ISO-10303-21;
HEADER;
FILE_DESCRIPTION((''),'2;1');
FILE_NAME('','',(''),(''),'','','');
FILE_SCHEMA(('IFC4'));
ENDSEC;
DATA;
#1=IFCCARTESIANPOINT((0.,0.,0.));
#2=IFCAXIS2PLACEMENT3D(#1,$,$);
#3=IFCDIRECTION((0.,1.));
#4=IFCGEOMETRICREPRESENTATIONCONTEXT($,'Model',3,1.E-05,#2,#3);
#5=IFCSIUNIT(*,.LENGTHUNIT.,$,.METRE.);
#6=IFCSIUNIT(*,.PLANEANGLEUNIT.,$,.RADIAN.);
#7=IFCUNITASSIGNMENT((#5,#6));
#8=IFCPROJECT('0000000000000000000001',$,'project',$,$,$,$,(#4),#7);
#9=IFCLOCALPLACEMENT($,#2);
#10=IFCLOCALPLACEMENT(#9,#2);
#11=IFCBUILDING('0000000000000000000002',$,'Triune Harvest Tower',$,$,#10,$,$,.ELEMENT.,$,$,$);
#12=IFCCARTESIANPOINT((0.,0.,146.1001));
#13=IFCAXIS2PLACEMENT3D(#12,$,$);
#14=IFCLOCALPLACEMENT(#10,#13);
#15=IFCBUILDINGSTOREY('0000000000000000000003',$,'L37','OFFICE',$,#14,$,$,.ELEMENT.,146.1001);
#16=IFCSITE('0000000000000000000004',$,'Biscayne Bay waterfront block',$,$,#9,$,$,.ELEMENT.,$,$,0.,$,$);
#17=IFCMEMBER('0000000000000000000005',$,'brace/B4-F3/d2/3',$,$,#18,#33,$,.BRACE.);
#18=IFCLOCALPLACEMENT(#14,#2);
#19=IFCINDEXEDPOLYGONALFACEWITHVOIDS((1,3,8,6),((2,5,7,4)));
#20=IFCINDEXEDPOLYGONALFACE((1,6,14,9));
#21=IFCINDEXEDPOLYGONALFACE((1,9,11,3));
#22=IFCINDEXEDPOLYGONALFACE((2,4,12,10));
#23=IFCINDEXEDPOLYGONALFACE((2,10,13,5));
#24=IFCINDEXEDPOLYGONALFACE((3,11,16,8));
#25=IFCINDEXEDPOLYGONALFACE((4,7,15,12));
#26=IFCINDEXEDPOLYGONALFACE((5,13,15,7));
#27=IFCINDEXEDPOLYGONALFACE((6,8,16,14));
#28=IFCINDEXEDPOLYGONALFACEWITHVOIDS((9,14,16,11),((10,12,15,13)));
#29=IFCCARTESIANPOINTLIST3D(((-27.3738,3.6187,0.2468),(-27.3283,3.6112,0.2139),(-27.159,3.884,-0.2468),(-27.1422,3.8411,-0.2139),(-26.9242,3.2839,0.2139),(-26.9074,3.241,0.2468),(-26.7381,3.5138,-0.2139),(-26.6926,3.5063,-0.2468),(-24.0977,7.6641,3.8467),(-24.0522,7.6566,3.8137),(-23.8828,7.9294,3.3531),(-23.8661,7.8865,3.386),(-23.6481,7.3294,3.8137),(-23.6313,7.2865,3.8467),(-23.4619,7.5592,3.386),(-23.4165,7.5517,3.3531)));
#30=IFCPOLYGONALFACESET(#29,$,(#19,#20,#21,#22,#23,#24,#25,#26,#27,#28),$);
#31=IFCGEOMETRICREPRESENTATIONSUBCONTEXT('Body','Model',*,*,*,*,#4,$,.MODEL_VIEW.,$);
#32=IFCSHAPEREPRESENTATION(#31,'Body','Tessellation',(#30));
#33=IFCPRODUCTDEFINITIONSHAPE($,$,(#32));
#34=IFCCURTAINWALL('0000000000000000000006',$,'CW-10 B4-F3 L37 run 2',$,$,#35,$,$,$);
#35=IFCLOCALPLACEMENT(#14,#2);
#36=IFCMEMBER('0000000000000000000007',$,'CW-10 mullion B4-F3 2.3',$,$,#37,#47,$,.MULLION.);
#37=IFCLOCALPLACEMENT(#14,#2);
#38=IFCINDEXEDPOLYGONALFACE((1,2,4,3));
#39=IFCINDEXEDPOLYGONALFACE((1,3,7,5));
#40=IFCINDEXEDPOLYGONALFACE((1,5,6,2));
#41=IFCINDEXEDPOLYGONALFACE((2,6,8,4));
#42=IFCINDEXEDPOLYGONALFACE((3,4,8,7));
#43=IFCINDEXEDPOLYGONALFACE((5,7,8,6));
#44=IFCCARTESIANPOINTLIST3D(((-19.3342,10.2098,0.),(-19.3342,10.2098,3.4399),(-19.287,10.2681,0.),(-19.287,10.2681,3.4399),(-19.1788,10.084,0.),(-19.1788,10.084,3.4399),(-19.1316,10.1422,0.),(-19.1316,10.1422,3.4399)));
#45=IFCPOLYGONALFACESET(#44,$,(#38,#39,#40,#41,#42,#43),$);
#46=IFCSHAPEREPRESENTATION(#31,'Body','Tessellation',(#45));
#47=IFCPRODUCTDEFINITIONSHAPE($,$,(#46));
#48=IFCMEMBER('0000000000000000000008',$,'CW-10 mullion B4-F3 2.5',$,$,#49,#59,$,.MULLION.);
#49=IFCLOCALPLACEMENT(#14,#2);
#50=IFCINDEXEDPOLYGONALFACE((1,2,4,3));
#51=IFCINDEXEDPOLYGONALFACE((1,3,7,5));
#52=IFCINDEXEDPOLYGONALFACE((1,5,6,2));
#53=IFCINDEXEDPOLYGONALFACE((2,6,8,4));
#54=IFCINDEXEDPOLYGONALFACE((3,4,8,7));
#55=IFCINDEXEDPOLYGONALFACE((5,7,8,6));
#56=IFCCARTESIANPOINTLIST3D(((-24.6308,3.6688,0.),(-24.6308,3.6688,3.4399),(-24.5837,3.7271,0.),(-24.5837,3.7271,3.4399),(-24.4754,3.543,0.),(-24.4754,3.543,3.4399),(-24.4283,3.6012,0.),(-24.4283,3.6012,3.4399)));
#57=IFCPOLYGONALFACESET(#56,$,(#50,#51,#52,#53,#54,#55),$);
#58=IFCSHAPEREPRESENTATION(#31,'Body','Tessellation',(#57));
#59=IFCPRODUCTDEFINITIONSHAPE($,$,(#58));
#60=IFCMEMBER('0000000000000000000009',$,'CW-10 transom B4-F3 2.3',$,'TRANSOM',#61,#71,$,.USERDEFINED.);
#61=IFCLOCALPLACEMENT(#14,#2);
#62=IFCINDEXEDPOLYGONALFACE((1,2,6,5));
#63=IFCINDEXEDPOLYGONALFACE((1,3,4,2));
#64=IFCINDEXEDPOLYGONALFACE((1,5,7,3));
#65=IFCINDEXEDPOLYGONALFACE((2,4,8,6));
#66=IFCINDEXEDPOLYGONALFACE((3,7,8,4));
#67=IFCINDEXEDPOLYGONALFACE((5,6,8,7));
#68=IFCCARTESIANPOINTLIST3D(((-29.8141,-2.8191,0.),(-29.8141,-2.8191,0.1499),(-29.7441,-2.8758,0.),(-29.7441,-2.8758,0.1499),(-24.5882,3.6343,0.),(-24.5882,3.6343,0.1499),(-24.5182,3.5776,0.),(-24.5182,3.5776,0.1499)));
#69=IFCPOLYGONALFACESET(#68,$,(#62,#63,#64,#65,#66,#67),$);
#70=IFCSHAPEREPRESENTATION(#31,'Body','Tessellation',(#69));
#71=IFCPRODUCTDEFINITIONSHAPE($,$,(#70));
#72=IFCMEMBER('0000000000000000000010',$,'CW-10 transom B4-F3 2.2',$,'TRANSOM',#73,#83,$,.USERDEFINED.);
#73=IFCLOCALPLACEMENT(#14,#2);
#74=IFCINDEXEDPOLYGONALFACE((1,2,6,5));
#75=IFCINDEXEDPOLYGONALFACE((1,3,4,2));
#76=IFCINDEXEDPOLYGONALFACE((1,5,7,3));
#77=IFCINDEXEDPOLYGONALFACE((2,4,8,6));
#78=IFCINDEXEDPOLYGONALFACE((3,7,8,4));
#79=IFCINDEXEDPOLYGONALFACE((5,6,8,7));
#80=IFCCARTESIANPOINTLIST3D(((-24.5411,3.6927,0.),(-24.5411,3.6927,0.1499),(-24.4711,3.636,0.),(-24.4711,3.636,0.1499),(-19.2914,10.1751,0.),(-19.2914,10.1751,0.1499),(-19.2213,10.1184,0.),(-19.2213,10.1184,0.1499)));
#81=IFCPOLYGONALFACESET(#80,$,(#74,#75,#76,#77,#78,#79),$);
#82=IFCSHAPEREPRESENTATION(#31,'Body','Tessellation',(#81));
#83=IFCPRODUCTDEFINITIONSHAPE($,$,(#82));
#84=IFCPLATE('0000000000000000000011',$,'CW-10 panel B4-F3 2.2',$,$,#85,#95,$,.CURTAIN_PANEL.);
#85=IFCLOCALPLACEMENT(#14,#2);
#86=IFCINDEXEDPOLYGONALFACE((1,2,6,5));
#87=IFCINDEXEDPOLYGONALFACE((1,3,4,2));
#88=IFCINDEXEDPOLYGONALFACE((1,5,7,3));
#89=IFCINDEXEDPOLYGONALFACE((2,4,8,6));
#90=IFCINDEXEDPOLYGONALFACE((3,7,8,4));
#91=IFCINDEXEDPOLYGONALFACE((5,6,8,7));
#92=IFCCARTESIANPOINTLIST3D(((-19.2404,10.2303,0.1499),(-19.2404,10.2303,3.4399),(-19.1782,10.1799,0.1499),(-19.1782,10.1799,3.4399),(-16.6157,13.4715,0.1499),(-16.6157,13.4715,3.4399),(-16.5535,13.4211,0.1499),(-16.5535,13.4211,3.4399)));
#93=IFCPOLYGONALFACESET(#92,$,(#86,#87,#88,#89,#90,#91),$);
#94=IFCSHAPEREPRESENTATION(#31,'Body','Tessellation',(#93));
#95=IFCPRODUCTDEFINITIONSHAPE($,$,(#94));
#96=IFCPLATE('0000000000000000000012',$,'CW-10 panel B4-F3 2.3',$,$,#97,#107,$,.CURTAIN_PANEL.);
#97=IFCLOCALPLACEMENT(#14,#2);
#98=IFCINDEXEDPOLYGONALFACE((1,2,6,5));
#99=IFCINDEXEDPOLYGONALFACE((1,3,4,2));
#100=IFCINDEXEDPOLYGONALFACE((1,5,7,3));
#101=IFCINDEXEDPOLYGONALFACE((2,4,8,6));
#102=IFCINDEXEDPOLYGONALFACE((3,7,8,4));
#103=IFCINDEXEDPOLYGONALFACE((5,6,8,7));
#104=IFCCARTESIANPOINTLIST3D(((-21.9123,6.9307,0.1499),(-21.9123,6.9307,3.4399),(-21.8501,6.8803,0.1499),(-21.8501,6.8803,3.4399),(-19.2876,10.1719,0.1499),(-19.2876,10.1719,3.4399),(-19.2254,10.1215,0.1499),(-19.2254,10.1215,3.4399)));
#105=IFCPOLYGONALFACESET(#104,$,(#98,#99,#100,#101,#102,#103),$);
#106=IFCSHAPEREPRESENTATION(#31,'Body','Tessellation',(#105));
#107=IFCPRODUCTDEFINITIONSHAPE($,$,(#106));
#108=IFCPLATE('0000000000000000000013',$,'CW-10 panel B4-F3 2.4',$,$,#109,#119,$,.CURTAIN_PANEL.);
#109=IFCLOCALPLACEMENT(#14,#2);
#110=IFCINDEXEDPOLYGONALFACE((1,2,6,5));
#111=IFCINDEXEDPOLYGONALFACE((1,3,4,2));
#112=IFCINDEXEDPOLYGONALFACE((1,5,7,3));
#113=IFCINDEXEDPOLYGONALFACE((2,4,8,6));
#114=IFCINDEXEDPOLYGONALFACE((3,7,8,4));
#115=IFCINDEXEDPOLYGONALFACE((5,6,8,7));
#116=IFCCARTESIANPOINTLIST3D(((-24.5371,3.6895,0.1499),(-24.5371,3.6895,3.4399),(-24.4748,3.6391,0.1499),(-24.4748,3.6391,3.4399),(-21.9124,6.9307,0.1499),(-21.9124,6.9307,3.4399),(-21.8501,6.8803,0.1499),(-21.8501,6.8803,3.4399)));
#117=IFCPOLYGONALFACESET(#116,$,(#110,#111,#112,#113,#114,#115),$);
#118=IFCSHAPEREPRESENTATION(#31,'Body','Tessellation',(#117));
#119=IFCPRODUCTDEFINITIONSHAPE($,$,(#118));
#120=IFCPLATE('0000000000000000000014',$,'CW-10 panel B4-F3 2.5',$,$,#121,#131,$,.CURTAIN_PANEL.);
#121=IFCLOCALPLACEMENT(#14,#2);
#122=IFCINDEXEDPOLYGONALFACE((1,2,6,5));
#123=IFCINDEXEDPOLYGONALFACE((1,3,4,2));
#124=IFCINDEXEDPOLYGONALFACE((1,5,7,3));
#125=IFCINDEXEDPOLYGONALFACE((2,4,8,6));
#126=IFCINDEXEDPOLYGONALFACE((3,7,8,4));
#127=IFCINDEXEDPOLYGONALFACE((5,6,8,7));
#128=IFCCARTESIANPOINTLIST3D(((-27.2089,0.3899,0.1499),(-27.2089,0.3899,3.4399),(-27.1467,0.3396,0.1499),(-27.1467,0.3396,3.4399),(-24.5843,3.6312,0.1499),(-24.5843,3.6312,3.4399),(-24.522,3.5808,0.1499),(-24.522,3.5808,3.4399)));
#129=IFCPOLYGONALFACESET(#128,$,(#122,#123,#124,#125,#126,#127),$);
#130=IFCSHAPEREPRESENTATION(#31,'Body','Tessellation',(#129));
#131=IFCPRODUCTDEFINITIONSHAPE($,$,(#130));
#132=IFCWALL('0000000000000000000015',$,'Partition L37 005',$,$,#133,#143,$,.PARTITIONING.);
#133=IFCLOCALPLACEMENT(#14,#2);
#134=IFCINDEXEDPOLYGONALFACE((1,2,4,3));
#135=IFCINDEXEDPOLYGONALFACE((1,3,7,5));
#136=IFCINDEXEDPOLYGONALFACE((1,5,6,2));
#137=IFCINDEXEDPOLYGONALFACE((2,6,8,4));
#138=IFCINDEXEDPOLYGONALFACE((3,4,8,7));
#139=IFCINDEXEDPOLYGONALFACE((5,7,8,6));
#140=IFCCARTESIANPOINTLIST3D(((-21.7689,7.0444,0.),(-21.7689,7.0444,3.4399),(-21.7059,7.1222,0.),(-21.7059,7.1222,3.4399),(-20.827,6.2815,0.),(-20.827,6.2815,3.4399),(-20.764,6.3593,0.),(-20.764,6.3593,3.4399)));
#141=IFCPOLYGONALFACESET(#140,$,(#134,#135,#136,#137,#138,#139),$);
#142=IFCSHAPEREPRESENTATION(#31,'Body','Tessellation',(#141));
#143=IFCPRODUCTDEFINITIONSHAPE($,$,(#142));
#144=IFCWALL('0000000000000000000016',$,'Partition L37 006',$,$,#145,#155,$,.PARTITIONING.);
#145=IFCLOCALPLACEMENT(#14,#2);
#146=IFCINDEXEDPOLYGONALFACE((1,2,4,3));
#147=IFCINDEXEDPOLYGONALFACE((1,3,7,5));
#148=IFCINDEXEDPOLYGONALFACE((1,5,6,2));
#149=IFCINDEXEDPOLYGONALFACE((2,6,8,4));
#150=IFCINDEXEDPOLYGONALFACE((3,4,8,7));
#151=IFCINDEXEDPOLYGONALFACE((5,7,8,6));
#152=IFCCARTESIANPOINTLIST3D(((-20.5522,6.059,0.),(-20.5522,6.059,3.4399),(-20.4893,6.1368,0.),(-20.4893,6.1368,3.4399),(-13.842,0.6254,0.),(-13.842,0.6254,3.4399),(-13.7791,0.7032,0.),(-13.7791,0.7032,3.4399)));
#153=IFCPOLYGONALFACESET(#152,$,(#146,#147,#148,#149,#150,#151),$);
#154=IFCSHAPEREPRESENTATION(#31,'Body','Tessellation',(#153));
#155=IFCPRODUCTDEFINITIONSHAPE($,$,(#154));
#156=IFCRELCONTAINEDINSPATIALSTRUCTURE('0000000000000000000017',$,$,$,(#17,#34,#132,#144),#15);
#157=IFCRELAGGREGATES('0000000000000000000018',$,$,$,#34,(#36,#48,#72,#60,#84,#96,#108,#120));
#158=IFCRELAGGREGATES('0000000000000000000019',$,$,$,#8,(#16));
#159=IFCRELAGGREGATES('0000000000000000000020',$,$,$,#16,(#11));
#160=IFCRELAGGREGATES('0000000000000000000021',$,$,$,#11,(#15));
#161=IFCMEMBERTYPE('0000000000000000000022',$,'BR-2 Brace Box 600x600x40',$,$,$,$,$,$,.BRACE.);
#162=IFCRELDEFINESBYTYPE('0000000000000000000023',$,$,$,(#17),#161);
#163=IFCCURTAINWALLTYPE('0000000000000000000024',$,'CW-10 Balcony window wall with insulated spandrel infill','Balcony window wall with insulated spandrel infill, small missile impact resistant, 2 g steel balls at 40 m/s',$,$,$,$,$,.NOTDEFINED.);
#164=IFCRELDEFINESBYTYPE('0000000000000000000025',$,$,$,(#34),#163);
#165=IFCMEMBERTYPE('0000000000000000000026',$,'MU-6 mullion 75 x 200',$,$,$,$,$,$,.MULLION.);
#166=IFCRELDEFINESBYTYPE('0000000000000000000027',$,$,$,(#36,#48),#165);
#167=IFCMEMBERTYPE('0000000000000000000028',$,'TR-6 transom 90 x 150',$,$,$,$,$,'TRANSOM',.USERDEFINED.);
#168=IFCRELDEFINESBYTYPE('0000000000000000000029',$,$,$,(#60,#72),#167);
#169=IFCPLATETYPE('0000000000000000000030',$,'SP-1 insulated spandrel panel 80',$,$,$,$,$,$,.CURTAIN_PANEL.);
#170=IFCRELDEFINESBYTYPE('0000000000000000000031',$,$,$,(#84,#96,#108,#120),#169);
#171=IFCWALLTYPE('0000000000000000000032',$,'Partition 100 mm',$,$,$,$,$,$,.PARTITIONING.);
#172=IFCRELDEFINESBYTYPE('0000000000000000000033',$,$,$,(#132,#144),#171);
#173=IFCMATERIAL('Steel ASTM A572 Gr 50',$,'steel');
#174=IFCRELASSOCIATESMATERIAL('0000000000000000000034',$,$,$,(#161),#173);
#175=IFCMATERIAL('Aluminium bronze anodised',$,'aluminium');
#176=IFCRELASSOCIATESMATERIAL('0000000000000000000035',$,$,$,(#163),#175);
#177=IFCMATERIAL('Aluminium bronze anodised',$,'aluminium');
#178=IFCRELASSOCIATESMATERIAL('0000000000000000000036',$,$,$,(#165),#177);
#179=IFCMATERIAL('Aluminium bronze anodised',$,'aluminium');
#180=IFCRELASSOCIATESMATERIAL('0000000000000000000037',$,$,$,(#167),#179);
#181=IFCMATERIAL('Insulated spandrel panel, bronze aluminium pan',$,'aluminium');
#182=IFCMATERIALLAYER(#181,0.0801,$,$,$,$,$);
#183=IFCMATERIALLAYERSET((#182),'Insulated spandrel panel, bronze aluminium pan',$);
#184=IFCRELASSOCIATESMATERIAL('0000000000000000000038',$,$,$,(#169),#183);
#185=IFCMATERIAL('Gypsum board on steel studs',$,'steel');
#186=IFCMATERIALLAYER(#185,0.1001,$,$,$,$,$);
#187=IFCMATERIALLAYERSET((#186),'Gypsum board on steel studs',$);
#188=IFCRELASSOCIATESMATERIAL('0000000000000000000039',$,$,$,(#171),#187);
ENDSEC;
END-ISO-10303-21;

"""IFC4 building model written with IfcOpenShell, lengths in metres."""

from ifc_helpers import new_model, si_unit, direction, frame, frame_2d, origin, origin_2d, place, context, subcontext, project, spatial, rectangle, hollow_rectangle, extrude, source, transform, mapped, material, layer, layer_set, material_profile, profile_set, type_object, element, aggregate, save


model = new_model("IFC4")

# Units and contexts
model_context = context("Model", 3, precision=1e-05, world=origin(), true_north=direction((0.0, 1.0)))
body_context = subcontext(model_context, "Body", "Model", "MODEL_VIEW")
ifc_project = project(units=[si_unit("LENGTHUNIT", "METRE"), si_unit("PLANEANGLEUNIT", "RADIAN")], contexts=[model_context])

# Site, building, storey
site_placement = place(None, origin())
site = spatial("IfcSite", under=ifc_project, at=site_placement, Name="Biscayne Bay waterfront block", CompositionType="ELEMENT", RefElevation=0.0)
building_placement = place(site_placement, origin())
building = spatial("IfcBuilding", under=site, at=building_placement, Name="Triune Harvest Tower", CompositionType="ELEMENT")
storey_placement = place(building_placement, frame((0.0, 0.0, 146.1001)))
storey = spatial("IfcBuildingStorey", under=building, at=storey_placement, Name="L37", Description="OFFICE", CompositionType="ELEMENT", Elevation=146.1001)

# Member
ifc_material_1 = material(Name="Steel ASTM A572 Gr 50", Category="steel")
ifc_material_profile_1 = material_profile(ifc_material_1, hollow_rectangle(XDim=0.6001, YDim=0.6001, WallThickness=0.04, at=origin_2d()), Name="Box 600x600x40")
ifc_profile_set_1 = profile_set([ifc_material_profile_1], Name="Steel ASTM A572 Gr 50")
member_type_1 = type_object("IfcMemberType", Name="BR-2 Brace Box 600x600x40", PredefinedType="BRACE", material=ifc_profile_set_1)
shared_shape_1 = source(origin(), body_context, "Body", "SweptSolid", [
    extrude(hollow_rectangle(XDim=0.6001, YDim=0.6001, WallThickness=0.04, at=origin_2d()), origin(), (0.0, 0.0, 1.0), 6.3291),
])
member_1_placement = place(storey_placement, frame((-27.0332, 3.5625, 0.0), z_axis=(0.51763, 0.639178, 0.56878), x_axis=(-0.777126, 0.629345, 0.0)))
element("IfcMember", 1, at=member_1_placement, inside=storey, type_object=member_type_1, Name="brace/B4-F3/d2/3", PredefinedType="BRACE", context=body_context, shape_type="MappedRepresentation", body=[
    mapped(shared_shape_1, transform((0.0, 0.0, 0.0), scale=1.0)),
])

# Curtain wall, members, plates
ifc_material_2 = material(Name="Aluminium bronze anodised", Category="aluminium")
curtain_wall_type = type_object("IfcCurtainWallType", Name="CW-10 Balcony window wall with insulated spandrel infill", Description="Balcony window wall with insulated spandrel infill, small missile impact resistant, 2 g steel balls at 40 m/s", PredefinedType="NOTDEFINED", material=ifc_material_2)
curtain_wall_placement = place(storey_placement, origin())
curtain_wall = element("IfcCurtainWall", 2, at=curtain_wall_placement, inside=storey, type_object=curtain_wall_type, Name="CW-10 B4-F3 L37 run 2")
ifc_material_3 = material(Name="Aluminium bronze anodised", Category="aluminium")
ifc_material_profile_2 = material_profile(ifc_material_3, rectangle(XDim=0.2, YDim=0.075, at=origin_2d()), Name="MU-6 mullion 75 x 200")
ifc_profile_set_2 = profile_set([ifc_material_profile_2], Name="Aluminium bronze anodised")
member_type_2 = type_object("IfcMemberType", Name="MU-6 mullion 75 x 200", PredefinedType="MULLION", material=ifc_profile_set_2)
shared_shape_2 = source(origin(), body_context, "Body", "SweptSolid", [
    extrude(rectangle(XDim=0.2, YDim=0.075, at=origin_2d()), origin(), (0.0, 0.0, 1.0), 3.4399),
])
member_2_placement = place(storey_placement, frame((-19.2329, 10.176, 0.0), z_axis=(0.0, 0.0, 1.0), x_axis=(0.777145, -0.629322, 0.0)))
member_2 = element("IfcMember", 3, at=member_2_placement, type_object=member_type_2, Name="CW-10 mullion B4-F3 2.3", PredefinedType="MULLION", context=body_context, shape_type="MappedRepresentation", body=[
    mapped(shared_shape_2, transform((0.0, 0.0, 0.0), scale=1.0)),
])
member_3_placement = place(storey_placement, frame((-24.5295, 3.635, 0.0), z_axis=(0.0, 0.0, 1.0), x_axis=(0.777145, -0.629322, 0.0)))
member_3 = element("IfcMember", 4, at=member_3_placement, type_object=member_type_2, Name="CW-10 mullion B4-F3 2.5", PredefinedType="MULLION", context=body_context, shape_type="MappedRepresentation", body=[
    mapped(shared_shape_2, transform((0.0, 0.0, 0.0), scale=1.0)),
])
ifc_material_4 = material(Name="Aluminium bronze anodised", Category="aluminium")
ifc_material_profile_3 = material_profile(ifc_material_4, rectangle(XDim=0.0901, YDim=0.1499, at=origin_2d()), Name="TR-6 transom 90 x 150")
ifc_profile_set_3 = profile_set([ifc_material_profile_3], Name="Aluminium bronze anodised")
member_type_3 = type_object("IfcMemberType", Name="TR-6 transom 90 x 150", ElementType="TRANSOM", PredefinedType="USERDEFINED", material=ifc_profile_set_3)
shared_shape_3 = source(origin(), body_context, "Body", "SweptSolid", [
    extrude(rectangle(XDim=0.0901, YDim=0.1499, at=origin_2d()), origin(), (0.0, 0.0, 1.0), 8.304),
])
member_4_placement = place(storey_placement, frame((-24.5532, 3.606, 0.075), z_axis=(-0.62932, -0.777146, 0.0), x_axis=(0.777146, -0.62932, 0.0)))
member_4 = element("IfcMember", 5, at=member_4_placement, type_object=member_type_3, Name="CW-10 transom B4-F3 2.3", ObjectType="TRANSOM", PredefinedType="USERDEFINED", context=body_context, shape_type="MappedRepresentation", body=[
    mapped(shared_shape_3, transform((0.0, 0.0, 0.0), scale=1.0)),
])
shared_shape_4 = source(origin(), body_context, "Body", "SweptSolid", [
    extrude(rectangle(XDim=0.0901, YDim=0.1499, at=origin_2d()), origin(), (0.0, 0.0, 1.0), 8.3416),
])
member_5_placement = place(storey_placement, frame((-19.2563, 10.1467, 0.075), z_axis=(-0.629349, -0.777123, 0.0), x_axis=(0.777123, -0.629349, 0.0)))
member_5 = element("IfcMember", 6, at=member_5_placement, type_object=member_type_3, Name="CW-10 transom B4-F3 2.2", ObjectType="TRANSOM", PredefinedType="USERDEFINED", context=body_context, shape_type="MappedRepresentation", body=[
    mapped(shared_shape_4, transform((0.0, 0.0, 0.0), scale=1.0)),
])
ifc_material_5 = material(Name="Insulated spandrel panel, bronze aluminium pan", Category="aluminium")
ifc_layer_1 = layer(ifc_material_5, 0.0801)
ifc_layer_set_1 = layer_set([ifc_layer_1], Name="Insulated spandrel panel, bronze aluminium pan")
plate_type = type_object("IfcPlateType", Name="SP-1 insulated spandrel panel 80", PredefinedType="CURTAIN_PANEL", material=ifc_layer_set_1)
shared_shape_5 = source(origin(), body_context, "Body", "SweptSolid", [
    extrude(rectangle(XDim=4.1707, YDim=0.0801, at=origin_2d()), origin(), (0.0, 0.0, 1.0), 3.29),
])
plate_1_placement = place(storey_placement, frame((-17.897, 11.8257, 0.1499), z_axis=(0.0, 0.0, 1.0), x_axis=(-0.629322, -0.777145, 0.0)))
plate_1 = element("IfcPlate", 7, at=plate_1_placement, type_object=plate_type, Name="CW-10 panel B4-F3 2.2", PredefinedType="CURTAIN_PANEL", context=body_context, shape_type="MappedRepresentation", body=[
    mapped(shared_shape_5, transform((0.0, 0.0, 0.0), scale=1.0)),
])
plate_2_placement = place(storey_placement, frame((-20.5688, 8.5261, 0.1499), z_axis=(0.0, 0.0, 1.0), x_axis=(-0.629322, -0.777145, 0.0)))
plate_2 = element("IfcPlate", 8, at=plate_2_placement, type_object=plate_type, Name="CW-10 panel B4-F3 2.3", PredefinedType="CURTAIN_PANEL", context=body_context, shape_type="MappedRepresentation", body=[
    mapped(shared_shape_5, transform((0.0, 0.0, 0.0), scale=1.0)),
])
plate_3_placement = place(storey_placement, frame((-23.1936, 5.2849, 0.1499), z_axis=(0.0, 0.0, 1.0), x_axis=(-0.629322, -0.777145, 0.0)))
plate_3 = element("IfcPlate", 9, at=plate_3_placement, type_object=plate_type, Name="CW-10 panel B4-F3 2.4", PredefinedType="CURTAIN_PANEL", context=body_context, shape_type="MappedRepresentation", body=[
    mapped(shared_shape_5, transform((0.0, 0.0, 0.0), scale=1.0)),
])
plate_4_placement = place(storey_placement, frame((-25.8655, 1.9854, 0.1499), z_axis=(0.0, 0.0, 1.0), x_axis=(-0.629322, -0.777145, 0.0)))
plate_4 = element("IfcPlate", 10, at=plate_4_placement, type_object=plate_type, Name="CW-10 panel B4-F3 2.5", PredefinedType="CURTAIN_PANEL", context=body_context, shape_type="MappedRepresentation", body=[
    mapped(shared_shape_5, transform((0.0, 0.0, 0.0), scale=1.0)),
])
aggregate(curtain_wall, [member_2, member_3, member_5, member_4, plate_1, plate_2, plate_3, plate_4])

# Walls
ifc_material_6 = material(Name="Gypsum board on steel studs", Category="steel")
ifc_layer_2 = layer(ifc_material_6, 0.1001)
ifc_layer_set_2 = layer_set([ifc_layer_2], Name="Gypsum board on steel studs")
wall_type_1 = type_object("IfcWallType", Name="Partition 100 mm", PredefinedType="PARTITIONING", material=ifc_layer_set_2)
shared_shape_6 = source(origin(), body_context, "Body", "SweptSolid", [
    extrude(rectangle(XDim=1.2122, YDim=0.1001, at=frame_2d((0.606, 0.0))), origin(), (0.0, 0.0, 1.0), 3.4399),
])
wall_1_placement = place(storey_placement, frame((-21.7373, 7.0833, 0.0), z_axis=(0.0, 0.0, 1.0), x_axis=(0.777062, -0.629424, 0.0)))
element("IfcWall", 11, at=wall_1_placement, inside=storey, type_object=wall_type_1, Name="Partition L37 005", PredefinedType="PARTITIONING", context=body_context, shape_type="MappedRepresentation", body=[
    mapped(shared_shape_6, transform((0.0, 0.0, 0.0), scale=1.0)),
])
shared_shape_7 = source(origin(), body_context, "Body", "SweptSolid", [
    extrude(rectangle(XDim=8.6343, YDim=0.1001, at=frame_2d((4.3171, 0.0))), origin(), (0.0, 0.0, 1.0), 3.4399),
])
wall_2_placement = place(storey_placement, frame((-20.5208, 6.0979, 0.0), z_axis=(0.0, 0.0, 1.0), x_axis=(0.777159, -0.629305, 0.0)))
element("IfcWall", 12, at=wall_2_placement, inside=storey, type_object=wall_type_1, Name="Partition L37 006", PredefinedType="PARTITIONING", context=body_context, shape_type="MappedRepresentation", body=[
    mapped(shared_shape_7, transform((0.0, 0.0, 0.0), scale=1.0)),
])

save(model, "model.ifc")
